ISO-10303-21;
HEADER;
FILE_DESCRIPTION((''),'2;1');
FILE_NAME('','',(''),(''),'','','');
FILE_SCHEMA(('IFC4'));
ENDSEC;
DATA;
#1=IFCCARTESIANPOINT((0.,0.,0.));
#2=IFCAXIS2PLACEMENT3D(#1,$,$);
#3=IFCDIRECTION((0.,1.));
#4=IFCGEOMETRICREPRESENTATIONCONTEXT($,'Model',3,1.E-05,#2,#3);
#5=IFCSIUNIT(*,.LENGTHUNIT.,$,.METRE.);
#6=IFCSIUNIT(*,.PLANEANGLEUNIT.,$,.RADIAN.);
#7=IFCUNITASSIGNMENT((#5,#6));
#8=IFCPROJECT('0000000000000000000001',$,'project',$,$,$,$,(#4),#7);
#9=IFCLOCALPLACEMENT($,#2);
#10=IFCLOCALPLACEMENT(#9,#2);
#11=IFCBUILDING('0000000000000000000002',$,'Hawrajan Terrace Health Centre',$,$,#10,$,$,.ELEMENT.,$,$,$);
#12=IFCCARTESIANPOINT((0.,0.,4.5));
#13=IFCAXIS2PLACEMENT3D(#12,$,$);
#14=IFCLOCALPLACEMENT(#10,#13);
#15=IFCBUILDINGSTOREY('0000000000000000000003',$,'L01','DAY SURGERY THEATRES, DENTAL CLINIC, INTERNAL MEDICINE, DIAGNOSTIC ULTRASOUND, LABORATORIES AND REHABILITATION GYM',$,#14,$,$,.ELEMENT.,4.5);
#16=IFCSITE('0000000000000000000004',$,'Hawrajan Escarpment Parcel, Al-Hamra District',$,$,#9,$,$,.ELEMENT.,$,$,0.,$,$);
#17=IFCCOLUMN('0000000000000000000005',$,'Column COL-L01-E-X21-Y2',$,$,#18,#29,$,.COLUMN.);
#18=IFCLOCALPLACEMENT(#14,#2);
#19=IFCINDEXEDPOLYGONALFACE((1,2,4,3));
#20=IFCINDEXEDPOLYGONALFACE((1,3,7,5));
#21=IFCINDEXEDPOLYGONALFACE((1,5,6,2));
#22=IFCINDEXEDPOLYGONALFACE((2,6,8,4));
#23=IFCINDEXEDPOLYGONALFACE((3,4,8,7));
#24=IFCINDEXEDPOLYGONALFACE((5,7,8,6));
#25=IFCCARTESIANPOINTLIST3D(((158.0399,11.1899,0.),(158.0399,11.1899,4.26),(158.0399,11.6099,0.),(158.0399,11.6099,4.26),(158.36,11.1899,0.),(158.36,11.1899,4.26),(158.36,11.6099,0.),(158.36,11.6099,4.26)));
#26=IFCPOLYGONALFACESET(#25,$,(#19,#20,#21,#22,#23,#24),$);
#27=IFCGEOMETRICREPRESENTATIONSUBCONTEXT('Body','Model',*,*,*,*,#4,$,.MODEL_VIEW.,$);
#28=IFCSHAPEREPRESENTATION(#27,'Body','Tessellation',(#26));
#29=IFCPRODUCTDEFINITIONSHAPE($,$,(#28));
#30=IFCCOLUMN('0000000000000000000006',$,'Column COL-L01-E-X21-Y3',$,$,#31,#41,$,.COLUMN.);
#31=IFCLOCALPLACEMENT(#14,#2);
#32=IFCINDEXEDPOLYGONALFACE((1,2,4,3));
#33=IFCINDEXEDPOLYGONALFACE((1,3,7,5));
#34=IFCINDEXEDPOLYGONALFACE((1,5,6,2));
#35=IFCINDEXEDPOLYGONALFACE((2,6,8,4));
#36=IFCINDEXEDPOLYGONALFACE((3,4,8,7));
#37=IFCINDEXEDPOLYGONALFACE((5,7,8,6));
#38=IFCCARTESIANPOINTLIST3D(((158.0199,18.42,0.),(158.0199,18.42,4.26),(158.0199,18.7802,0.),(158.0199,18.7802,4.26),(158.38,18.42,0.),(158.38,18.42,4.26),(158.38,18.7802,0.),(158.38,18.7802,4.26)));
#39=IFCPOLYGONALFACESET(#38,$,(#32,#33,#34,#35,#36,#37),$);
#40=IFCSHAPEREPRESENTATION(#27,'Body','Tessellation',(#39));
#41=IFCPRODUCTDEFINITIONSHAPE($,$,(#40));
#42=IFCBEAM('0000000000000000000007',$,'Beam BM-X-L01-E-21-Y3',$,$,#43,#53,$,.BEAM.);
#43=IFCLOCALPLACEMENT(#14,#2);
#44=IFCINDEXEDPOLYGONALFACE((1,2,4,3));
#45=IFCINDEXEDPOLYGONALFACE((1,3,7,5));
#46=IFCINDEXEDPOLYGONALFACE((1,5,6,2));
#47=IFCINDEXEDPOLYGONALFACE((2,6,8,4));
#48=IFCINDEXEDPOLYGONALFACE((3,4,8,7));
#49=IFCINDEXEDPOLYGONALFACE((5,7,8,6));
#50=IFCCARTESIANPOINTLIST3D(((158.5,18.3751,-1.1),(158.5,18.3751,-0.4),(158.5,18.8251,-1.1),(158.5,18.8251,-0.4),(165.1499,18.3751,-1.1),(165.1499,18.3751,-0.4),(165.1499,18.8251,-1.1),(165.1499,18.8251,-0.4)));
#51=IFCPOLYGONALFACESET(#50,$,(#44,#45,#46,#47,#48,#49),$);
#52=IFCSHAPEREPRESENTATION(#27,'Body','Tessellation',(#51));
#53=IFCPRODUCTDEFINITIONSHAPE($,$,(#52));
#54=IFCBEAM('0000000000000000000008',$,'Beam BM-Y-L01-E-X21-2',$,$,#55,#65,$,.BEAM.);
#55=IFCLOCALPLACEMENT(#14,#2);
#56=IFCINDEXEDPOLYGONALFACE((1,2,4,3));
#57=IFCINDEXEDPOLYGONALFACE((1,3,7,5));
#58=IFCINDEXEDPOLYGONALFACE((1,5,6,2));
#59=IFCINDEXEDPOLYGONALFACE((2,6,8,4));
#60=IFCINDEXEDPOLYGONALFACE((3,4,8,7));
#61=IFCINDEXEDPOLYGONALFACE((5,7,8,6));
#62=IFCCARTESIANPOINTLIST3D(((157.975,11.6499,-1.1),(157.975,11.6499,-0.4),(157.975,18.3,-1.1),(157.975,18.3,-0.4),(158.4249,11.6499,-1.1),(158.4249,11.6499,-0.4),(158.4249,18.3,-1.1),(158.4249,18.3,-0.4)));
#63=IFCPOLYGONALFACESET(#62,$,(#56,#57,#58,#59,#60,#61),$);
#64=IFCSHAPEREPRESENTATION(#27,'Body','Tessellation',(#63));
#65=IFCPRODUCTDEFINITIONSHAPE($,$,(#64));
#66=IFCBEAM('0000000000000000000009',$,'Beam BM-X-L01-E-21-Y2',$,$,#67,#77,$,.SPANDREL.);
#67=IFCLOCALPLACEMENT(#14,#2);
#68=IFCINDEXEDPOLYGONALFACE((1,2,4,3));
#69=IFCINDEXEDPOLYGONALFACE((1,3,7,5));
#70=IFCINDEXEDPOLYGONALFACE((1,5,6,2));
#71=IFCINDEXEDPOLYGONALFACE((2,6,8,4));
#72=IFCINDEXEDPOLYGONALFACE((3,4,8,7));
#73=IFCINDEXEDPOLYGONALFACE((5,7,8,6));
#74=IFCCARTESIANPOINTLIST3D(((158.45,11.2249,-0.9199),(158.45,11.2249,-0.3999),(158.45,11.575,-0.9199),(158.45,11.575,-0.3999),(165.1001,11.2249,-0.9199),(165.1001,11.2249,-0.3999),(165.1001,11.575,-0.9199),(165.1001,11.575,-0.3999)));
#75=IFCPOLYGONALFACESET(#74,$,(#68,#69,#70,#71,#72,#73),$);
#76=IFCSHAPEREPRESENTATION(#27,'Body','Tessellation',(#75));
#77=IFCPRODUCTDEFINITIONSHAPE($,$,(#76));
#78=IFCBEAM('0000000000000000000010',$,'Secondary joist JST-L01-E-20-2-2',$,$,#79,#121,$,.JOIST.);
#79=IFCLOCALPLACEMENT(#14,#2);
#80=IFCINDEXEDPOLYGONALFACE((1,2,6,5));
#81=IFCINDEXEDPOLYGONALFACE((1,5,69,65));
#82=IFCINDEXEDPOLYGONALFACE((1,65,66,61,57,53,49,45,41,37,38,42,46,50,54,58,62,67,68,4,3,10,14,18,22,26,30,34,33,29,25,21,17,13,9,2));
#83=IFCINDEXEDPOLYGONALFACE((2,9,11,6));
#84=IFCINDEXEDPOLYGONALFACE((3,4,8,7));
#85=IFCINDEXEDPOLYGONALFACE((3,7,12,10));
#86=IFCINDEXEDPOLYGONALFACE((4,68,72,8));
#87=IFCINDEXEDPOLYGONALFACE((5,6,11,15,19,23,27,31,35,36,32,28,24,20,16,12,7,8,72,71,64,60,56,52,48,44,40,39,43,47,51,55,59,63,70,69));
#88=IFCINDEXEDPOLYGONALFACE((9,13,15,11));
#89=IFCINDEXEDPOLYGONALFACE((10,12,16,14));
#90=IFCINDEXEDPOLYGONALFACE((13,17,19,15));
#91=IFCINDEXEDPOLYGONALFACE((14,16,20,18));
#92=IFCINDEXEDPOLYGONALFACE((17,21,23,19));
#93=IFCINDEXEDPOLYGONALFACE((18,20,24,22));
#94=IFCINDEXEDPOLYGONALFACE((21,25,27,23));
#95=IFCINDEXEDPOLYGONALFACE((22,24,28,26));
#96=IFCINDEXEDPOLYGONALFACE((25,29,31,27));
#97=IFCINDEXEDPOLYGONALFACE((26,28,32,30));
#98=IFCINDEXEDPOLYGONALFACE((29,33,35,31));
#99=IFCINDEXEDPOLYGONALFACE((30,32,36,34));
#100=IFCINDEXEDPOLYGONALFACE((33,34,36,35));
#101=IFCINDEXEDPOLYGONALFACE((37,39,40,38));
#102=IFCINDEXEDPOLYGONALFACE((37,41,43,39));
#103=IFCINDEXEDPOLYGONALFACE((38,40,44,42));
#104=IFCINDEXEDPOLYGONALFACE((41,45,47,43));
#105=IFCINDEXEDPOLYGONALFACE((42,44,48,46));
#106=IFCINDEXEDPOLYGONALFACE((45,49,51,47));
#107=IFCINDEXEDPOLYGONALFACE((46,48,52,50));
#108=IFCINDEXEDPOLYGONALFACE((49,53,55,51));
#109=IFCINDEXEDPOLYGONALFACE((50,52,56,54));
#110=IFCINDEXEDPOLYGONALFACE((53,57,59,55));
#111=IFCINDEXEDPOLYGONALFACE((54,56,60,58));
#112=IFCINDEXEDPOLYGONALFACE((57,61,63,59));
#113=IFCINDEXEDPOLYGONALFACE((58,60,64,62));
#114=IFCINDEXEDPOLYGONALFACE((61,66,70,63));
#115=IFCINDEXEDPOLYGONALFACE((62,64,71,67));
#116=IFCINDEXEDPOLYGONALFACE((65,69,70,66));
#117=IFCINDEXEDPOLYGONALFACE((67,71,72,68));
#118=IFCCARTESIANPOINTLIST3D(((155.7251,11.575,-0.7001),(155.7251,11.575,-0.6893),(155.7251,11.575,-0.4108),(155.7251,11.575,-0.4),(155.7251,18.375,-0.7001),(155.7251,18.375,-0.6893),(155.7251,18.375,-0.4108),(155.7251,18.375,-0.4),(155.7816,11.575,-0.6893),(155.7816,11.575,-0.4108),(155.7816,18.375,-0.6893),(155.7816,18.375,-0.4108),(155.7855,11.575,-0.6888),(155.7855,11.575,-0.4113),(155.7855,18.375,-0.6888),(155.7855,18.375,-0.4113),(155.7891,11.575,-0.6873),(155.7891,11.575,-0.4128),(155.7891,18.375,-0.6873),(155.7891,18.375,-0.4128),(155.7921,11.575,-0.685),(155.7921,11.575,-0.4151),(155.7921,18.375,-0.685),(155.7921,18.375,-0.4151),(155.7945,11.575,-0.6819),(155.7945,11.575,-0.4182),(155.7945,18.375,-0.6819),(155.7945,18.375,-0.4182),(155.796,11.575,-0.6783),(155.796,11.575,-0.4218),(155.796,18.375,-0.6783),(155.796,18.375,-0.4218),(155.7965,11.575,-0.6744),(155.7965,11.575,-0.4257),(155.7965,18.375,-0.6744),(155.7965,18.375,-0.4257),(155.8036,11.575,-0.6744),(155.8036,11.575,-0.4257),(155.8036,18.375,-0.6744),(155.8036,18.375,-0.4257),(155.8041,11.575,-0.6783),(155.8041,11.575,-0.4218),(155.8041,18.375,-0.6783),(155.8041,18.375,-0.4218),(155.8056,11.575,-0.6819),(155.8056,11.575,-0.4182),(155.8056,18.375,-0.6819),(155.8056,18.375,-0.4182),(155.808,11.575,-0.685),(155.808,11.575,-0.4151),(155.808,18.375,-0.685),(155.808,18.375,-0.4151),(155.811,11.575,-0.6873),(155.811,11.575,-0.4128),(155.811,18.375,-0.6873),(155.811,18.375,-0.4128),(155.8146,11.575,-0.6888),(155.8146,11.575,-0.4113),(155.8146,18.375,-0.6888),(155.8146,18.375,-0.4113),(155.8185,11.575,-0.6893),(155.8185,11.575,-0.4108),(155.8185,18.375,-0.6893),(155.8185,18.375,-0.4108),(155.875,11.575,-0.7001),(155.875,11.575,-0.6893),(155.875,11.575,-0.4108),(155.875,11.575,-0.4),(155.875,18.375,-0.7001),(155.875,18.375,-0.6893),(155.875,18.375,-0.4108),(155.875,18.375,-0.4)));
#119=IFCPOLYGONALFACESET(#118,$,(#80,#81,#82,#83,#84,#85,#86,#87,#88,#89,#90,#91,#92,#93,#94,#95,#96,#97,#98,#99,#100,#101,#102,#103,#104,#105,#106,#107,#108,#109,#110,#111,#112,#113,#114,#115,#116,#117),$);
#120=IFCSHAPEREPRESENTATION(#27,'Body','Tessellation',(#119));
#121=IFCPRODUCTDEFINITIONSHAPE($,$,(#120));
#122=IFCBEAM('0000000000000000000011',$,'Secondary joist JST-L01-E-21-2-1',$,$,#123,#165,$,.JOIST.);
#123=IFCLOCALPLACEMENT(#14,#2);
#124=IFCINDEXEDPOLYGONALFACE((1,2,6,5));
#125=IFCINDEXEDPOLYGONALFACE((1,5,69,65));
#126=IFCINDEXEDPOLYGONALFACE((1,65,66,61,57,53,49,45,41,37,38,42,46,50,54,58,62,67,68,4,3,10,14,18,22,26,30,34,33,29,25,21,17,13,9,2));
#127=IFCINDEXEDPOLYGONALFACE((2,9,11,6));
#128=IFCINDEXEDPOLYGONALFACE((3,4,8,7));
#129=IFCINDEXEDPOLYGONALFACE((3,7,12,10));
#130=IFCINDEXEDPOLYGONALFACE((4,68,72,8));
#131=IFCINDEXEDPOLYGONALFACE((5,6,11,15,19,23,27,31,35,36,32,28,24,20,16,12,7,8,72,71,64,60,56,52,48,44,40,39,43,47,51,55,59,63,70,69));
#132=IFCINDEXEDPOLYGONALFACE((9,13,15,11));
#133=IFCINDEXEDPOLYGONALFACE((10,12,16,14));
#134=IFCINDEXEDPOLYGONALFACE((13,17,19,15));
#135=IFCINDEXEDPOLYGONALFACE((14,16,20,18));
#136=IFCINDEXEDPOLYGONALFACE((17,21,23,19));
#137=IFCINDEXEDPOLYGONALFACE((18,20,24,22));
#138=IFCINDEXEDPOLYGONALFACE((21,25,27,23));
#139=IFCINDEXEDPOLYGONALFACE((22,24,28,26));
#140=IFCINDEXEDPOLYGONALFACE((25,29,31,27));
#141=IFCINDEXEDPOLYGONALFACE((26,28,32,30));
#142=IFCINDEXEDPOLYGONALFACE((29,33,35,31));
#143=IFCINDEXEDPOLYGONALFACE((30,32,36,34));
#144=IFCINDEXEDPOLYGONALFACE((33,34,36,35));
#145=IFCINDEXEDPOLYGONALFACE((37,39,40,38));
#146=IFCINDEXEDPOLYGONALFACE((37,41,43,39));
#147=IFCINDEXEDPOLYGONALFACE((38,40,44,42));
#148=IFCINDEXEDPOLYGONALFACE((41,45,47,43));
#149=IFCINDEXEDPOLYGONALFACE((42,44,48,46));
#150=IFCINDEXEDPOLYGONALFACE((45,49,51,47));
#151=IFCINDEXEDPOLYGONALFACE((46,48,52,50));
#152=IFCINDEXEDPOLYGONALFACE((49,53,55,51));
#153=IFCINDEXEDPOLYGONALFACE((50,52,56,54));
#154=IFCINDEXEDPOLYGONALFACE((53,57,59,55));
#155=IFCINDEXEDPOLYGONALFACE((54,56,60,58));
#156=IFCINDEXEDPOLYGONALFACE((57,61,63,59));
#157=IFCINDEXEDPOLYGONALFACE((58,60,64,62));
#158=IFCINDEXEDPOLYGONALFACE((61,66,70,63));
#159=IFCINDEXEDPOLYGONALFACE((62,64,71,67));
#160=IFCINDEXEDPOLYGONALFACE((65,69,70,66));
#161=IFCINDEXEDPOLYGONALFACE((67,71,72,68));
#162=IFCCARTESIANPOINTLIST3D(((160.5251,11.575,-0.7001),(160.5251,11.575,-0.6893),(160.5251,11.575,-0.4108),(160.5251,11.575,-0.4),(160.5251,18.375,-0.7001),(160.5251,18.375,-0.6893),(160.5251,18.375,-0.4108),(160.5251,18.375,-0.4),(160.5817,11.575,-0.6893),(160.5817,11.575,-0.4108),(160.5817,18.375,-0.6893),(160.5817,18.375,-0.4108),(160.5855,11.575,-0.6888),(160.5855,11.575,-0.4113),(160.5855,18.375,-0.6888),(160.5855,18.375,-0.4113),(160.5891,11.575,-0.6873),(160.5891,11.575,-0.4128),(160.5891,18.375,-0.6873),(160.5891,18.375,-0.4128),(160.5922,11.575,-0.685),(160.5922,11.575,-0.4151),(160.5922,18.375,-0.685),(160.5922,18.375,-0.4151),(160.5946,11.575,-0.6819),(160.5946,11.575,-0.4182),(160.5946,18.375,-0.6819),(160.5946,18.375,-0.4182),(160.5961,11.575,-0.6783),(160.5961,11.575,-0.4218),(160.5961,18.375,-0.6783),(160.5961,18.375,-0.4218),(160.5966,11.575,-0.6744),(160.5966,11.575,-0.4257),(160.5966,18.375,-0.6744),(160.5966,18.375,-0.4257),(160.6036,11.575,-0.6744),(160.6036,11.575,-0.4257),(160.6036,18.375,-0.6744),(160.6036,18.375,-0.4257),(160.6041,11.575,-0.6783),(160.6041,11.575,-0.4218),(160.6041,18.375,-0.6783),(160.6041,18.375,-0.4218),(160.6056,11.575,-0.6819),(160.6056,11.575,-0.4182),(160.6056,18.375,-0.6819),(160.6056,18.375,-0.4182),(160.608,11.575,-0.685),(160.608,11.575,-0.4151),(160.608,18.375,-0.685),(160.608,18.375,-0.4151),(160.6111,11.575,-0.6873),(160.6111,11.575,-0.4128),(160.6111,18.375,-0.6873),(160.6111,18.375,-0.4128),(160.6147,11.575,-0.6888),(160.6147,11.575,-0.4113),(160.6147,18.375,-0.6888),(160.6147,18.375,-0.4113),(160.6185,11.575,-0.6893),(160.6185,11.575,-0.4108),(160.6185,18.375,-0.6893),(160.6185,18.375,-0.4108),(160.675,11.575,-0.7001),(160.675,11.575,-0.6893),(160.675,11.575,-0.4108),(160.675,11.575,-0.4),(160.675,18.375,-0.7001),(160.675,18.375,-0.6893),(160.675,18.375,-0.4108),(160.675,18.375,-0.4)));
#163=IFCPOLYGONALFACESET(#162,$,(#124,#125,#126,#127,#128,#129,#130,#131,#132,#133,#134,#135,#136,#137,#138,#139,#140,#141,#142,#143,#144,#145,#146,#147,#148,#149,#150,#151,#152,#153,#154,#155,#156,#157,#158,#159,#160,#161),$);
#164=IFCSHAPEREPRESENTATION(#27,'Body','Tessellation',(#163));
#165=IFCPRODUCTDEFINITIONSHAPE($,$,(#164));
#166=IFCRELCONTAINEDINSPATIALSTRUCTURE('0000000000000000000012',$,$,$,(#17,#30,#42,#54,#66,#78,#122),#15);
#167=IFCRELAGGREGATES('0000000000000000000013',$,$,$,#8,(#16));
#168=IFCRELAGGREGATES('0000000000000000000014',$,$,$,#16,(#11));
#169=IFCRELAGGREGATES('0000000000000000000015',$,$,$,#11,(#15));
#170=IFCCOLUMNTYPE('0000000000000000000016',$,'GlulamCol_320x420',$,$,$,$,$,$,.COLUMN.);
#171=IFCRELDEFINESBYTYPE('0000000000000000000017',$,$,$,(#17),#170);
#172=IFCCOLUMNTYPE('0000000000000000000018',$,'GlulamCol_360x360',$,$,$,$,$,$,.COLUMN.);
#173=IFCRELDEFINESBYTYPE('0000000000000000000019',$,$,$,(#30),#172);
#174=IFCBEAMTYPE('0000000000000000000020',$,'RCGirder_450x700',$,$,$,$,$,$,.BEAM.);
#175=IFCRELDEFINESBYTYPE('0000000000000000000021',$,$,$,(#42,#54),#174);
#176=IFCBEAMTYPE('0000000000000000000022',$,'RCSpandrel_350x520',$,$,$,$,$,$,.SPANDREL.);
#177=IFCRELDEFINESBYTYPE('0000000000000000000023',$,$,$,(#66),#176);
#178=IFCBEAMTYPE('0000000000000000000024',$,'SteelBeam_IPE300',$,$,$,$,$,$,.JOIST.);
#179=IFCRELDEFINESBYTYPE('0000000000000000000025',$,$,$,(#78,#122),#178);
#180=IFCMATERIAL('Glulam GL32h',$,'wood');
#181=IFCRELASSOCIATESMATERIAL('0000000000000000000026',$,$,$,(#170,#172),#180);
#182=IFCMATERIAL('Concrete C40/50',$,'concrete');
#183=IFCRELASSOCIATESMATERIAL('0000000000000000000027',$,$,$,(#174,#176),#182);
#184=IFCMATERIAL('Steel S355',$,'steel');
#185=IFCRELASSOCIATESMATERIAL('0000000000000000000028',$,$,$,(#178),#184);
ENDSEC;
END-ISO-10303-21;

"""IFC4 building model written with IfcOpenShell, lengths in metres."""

from ifc_helpers import new_model, si_unit, direction, frame, origin, origin_2d, place, context, subcontext, project, spatial, rectangle, i_section, extrude, material, material_profile, profile_set, type_object, element, save


model = new_model("IFC4")

# Units and contexts
model_context = context("Model", 3, precision=1e-05, world=origin(), true_north=direction((0.0, 1.0)))
body_context = subcontext(model_context, "Body", "Model", "MODEL_VIEW")
ifc_project = project(units=[si_unit("LENGTHUNIT", "METRE"), si_unit("PLANEANGLEUNIT", "RADIAN")], contexts=[model_context])

# Site, building, storey
site_placement = place(None, origin())
site = spatial("IfcSite", under=ifc_project, at=site_placement, Name="Hawrajan Escarpment Parcel, Al-Hamra District", CompositionType="ELEMENT", RefElevation=0.0)
building_placement = place(site_placement, origin())
building = spatial("IfcBuilding", under=site, at=building_placement, Name="Hawrajan Terrace Health Centre", CompositionType="ELEMENT")
storey_placement = place(building_placement, frame((0.0, 0.0, 4.5)))
storey = spatial("IfcBuildingStorey", under=building, at=storey_placement, Name="L01", Description="DAY SURGERY THEATRES, DENTAL CLINIC, INTERNAL MEDICINE, DIAGNOSTIC ULTRASOUND, LABORATORIES AND REHABILITATION GYM", CompositionType="ELEMENT", Elevation=4.5)

# Columns
ifc_material_1 = material(Name="Glulam GL32h", Category="wood")
ifc_material_profile_1 = material_profile(ifc_material_1, rectangle(XDim=0.3201, YDim=0.4199, at=origin_2d()), Name="GL 320x420")
ifc_profile_set_1 = profile_set([ifc_material_profile_1], Name="Glulam GL32h")
column_type_1 = type_object("IfcColumnType", Name="GlulamCol_320x420", PredefinedType="COLUMN", material=ifc_profile_set_1)
column_1_placement = place(storey_placement, frame((158.2, 11.3999, 0.0), z_axis=(0.0, 0.0, 1.0), x_axis=(1.0, 0.0, 0.0)))
element("IfcColumn", 1, at=column_1_placement, inside=storey, type_object=column_type_1, Name="Column COL-L01-E-X21-Y2", PredefinedType="COLUMN", context=body_context, shape_type="SweptSolid", body=[
    extrude(rectangle(XDim=0.3201, YDim=0.4199, at=origin_2d()), origin(), (0.0, 0.0, 1.0), 4.26),
])
ifc_material_profile_2 = material_profile(ifc_material_1, rectangle(XDim=0.3601, YDim=0.3601, at=origin_2d()), Name="GL 360x360")
ifc_profile_set_2 = profile_set([ifc_material_profile_2], Name="Glulam GL32h")
column_type_2 = type_object("IfcColumnType", Name="GlulamCol_360x360", PredefinedType="COLUMN", material=ifc_profile_set_2)
column_2_placement = place(storey_placement, frame((158.2, 18.6001, 0.0), z_axis=(0.0, 0.0, 1.0), x_axis=(1.0, 0.0, 0.0)))
element("IfcColumn", 2, at=column_2_placement, inside=storey, type_object=column_type_2, Name="Column COL-L01-E-X21-Y3", PredefinedType="COLUMN", context=body_context, shape_type="SweptSolid", body=[
    extrude(rectangle(XDim=0.3601, YDim=0.3601, at=origin_2d()), origin(), (0.0, 0.0, 1.0), 4.26),
])

# Beams
ifc_material_2 = material(Name="Concrete C40/50", Category="concrete")
ifc_material_profile_3 = material_profile(ifc_material_2, rectangle(XDim=0.45, YDim=0.7, at=origin_2d()), Name="RC BM 450x700")
ifc_profile_set_3 = profile_set([ifc_material_profile_3], Name="Concrete C40/50")
beam_type_1 = type_object("IfcBeamType", Name="RCGirder_450x700", PredefinedType="BEAM", material=ifc_profile_set_3)
beam_1_placement = place(storey_placement, frame((158.5, 18.6001, -0.75), z_axis=(1.0, 0.0, 0.0), x_axis=(0.0, 1.0, 0.0)))
element("IfcBeam", 3, at=beam_1_placement, inside=storey, type_object=beam_type_1, Name="Beam BM-X-L01-E-21-Y3", PredefinedType="BEAM", context=body_context, shape_type="SweptSolid", body=[
    extrude(rectangle(XDim=0.45, YDim=0.7, at=origin_2d()), origin(), (0.0, 0.0, 1.0), 6.6499),
])
beam_2_placement = place(storey_placement, frame((158.2, 11.6499, -0.75), z_axis=(0.0, 1.0, 0.0), x_axis=(-1.0, 0.0, 0.0)))
element("IfcBeam", 4, at=beam_2_placement, inside=storey, type_object=beam_type_1, Name="Beam BM-Y-L01-E-X21-2", PredefinedType="BEAM", context=body_context, shape_type="SweptSolid", body=[
    extrude(rectangle(XDim=0.45, YDim=0.7, at=origin_2d()), origin(), (0.0, 0.0, 1.0), 6.6501),
])
ifc_material_profile_4 = material_profile(ifc_material_2, rectangle(XDim=0.3501, YDim=0.52, at=origin_2d()), Name="RC SP 350x520")
ifc_profile_set_4 = profile_set([ifc_material_profile_4], Name="Concrete C40/50")
beam_type_2 = type_object("IfcBeamType", Name="RCSpandrel_350x520", PredefinedType="SPANDREL", material=ifc_profile_set_4)
beam_3_placement = place(storey_placement, frame((158.45, 11.3999, -0.6599), z_axis=(1.0, 0.0, 0.0), x_axis=(0.0, 1.0, 0.0)))
element("IfcBeam", 5, at=beam_3_placement, inside=storey, type_object=beam_type_2, Name="Beam BM-X-L01-E-21-Y2", PredefinedType="SPANDREL", context=body_context, shape_type="SweptSolid", body=[
    extrude(rectangle(XDim=0.3501, YDim=0.52, at=origin_2d()), origin(), (0.0, 0.0, 1.0), 6.6501),
])
ifc_material_3 = material(Name="Steel S355", Category="steel")
ifc_material_profile_5 = material_profile(ifc_material_3, i_section(OverallWidth=0.1499, OverallDepth=0.3, WebThickness=0.0071, FlangeThickness=0.0107, FilletRadius=0.0149, at=origin_2d()), Name="IPE 300")
ifc_profile_set_5 = profile_set([ifc_material_profile_5], Name="Steel S355")
beam_type_3 = type_object("IfcBeamType", Name="SteelBeam_IPE300", PredefinedType="JOIST", material=ifc_profile_set_5)
for number, where, z_axis, x_axis, name in (
    (6, (155.8, 11.575, -0.55), (0.0, 1.0, 0.0), (-1.0, 0.0, 0.0), "Secondary joist JST-L01-E-20-2-2"),
    (7, (160.6001, 11.575, -0.55), (0.0, 1.0, 0.0), (-1.0, 0.0, 0.0), "Secondary joist JST-L01-E-21-2-1"),
):
    element("IfcBeam", number, at=place(storey_placement, frame(where, z_axis=z_axis, x_axis=x_axis)), inside=storey, type_object=beam_type_3, Name=name, PredefinedType="JOIST", context=body_context, shape_type="SweptSolid", body=[
        extrude(i_section(OverallWidth=0.1499, OverallDepth=0.3, WebThickness=0.0071, FlangeThickness=0.0107, FilletRadius=0.0149, at=origin_2d()), origin(), (0.0, 0.0, 1.0), 6.8),
    ])

save(model, "model.ifc")
